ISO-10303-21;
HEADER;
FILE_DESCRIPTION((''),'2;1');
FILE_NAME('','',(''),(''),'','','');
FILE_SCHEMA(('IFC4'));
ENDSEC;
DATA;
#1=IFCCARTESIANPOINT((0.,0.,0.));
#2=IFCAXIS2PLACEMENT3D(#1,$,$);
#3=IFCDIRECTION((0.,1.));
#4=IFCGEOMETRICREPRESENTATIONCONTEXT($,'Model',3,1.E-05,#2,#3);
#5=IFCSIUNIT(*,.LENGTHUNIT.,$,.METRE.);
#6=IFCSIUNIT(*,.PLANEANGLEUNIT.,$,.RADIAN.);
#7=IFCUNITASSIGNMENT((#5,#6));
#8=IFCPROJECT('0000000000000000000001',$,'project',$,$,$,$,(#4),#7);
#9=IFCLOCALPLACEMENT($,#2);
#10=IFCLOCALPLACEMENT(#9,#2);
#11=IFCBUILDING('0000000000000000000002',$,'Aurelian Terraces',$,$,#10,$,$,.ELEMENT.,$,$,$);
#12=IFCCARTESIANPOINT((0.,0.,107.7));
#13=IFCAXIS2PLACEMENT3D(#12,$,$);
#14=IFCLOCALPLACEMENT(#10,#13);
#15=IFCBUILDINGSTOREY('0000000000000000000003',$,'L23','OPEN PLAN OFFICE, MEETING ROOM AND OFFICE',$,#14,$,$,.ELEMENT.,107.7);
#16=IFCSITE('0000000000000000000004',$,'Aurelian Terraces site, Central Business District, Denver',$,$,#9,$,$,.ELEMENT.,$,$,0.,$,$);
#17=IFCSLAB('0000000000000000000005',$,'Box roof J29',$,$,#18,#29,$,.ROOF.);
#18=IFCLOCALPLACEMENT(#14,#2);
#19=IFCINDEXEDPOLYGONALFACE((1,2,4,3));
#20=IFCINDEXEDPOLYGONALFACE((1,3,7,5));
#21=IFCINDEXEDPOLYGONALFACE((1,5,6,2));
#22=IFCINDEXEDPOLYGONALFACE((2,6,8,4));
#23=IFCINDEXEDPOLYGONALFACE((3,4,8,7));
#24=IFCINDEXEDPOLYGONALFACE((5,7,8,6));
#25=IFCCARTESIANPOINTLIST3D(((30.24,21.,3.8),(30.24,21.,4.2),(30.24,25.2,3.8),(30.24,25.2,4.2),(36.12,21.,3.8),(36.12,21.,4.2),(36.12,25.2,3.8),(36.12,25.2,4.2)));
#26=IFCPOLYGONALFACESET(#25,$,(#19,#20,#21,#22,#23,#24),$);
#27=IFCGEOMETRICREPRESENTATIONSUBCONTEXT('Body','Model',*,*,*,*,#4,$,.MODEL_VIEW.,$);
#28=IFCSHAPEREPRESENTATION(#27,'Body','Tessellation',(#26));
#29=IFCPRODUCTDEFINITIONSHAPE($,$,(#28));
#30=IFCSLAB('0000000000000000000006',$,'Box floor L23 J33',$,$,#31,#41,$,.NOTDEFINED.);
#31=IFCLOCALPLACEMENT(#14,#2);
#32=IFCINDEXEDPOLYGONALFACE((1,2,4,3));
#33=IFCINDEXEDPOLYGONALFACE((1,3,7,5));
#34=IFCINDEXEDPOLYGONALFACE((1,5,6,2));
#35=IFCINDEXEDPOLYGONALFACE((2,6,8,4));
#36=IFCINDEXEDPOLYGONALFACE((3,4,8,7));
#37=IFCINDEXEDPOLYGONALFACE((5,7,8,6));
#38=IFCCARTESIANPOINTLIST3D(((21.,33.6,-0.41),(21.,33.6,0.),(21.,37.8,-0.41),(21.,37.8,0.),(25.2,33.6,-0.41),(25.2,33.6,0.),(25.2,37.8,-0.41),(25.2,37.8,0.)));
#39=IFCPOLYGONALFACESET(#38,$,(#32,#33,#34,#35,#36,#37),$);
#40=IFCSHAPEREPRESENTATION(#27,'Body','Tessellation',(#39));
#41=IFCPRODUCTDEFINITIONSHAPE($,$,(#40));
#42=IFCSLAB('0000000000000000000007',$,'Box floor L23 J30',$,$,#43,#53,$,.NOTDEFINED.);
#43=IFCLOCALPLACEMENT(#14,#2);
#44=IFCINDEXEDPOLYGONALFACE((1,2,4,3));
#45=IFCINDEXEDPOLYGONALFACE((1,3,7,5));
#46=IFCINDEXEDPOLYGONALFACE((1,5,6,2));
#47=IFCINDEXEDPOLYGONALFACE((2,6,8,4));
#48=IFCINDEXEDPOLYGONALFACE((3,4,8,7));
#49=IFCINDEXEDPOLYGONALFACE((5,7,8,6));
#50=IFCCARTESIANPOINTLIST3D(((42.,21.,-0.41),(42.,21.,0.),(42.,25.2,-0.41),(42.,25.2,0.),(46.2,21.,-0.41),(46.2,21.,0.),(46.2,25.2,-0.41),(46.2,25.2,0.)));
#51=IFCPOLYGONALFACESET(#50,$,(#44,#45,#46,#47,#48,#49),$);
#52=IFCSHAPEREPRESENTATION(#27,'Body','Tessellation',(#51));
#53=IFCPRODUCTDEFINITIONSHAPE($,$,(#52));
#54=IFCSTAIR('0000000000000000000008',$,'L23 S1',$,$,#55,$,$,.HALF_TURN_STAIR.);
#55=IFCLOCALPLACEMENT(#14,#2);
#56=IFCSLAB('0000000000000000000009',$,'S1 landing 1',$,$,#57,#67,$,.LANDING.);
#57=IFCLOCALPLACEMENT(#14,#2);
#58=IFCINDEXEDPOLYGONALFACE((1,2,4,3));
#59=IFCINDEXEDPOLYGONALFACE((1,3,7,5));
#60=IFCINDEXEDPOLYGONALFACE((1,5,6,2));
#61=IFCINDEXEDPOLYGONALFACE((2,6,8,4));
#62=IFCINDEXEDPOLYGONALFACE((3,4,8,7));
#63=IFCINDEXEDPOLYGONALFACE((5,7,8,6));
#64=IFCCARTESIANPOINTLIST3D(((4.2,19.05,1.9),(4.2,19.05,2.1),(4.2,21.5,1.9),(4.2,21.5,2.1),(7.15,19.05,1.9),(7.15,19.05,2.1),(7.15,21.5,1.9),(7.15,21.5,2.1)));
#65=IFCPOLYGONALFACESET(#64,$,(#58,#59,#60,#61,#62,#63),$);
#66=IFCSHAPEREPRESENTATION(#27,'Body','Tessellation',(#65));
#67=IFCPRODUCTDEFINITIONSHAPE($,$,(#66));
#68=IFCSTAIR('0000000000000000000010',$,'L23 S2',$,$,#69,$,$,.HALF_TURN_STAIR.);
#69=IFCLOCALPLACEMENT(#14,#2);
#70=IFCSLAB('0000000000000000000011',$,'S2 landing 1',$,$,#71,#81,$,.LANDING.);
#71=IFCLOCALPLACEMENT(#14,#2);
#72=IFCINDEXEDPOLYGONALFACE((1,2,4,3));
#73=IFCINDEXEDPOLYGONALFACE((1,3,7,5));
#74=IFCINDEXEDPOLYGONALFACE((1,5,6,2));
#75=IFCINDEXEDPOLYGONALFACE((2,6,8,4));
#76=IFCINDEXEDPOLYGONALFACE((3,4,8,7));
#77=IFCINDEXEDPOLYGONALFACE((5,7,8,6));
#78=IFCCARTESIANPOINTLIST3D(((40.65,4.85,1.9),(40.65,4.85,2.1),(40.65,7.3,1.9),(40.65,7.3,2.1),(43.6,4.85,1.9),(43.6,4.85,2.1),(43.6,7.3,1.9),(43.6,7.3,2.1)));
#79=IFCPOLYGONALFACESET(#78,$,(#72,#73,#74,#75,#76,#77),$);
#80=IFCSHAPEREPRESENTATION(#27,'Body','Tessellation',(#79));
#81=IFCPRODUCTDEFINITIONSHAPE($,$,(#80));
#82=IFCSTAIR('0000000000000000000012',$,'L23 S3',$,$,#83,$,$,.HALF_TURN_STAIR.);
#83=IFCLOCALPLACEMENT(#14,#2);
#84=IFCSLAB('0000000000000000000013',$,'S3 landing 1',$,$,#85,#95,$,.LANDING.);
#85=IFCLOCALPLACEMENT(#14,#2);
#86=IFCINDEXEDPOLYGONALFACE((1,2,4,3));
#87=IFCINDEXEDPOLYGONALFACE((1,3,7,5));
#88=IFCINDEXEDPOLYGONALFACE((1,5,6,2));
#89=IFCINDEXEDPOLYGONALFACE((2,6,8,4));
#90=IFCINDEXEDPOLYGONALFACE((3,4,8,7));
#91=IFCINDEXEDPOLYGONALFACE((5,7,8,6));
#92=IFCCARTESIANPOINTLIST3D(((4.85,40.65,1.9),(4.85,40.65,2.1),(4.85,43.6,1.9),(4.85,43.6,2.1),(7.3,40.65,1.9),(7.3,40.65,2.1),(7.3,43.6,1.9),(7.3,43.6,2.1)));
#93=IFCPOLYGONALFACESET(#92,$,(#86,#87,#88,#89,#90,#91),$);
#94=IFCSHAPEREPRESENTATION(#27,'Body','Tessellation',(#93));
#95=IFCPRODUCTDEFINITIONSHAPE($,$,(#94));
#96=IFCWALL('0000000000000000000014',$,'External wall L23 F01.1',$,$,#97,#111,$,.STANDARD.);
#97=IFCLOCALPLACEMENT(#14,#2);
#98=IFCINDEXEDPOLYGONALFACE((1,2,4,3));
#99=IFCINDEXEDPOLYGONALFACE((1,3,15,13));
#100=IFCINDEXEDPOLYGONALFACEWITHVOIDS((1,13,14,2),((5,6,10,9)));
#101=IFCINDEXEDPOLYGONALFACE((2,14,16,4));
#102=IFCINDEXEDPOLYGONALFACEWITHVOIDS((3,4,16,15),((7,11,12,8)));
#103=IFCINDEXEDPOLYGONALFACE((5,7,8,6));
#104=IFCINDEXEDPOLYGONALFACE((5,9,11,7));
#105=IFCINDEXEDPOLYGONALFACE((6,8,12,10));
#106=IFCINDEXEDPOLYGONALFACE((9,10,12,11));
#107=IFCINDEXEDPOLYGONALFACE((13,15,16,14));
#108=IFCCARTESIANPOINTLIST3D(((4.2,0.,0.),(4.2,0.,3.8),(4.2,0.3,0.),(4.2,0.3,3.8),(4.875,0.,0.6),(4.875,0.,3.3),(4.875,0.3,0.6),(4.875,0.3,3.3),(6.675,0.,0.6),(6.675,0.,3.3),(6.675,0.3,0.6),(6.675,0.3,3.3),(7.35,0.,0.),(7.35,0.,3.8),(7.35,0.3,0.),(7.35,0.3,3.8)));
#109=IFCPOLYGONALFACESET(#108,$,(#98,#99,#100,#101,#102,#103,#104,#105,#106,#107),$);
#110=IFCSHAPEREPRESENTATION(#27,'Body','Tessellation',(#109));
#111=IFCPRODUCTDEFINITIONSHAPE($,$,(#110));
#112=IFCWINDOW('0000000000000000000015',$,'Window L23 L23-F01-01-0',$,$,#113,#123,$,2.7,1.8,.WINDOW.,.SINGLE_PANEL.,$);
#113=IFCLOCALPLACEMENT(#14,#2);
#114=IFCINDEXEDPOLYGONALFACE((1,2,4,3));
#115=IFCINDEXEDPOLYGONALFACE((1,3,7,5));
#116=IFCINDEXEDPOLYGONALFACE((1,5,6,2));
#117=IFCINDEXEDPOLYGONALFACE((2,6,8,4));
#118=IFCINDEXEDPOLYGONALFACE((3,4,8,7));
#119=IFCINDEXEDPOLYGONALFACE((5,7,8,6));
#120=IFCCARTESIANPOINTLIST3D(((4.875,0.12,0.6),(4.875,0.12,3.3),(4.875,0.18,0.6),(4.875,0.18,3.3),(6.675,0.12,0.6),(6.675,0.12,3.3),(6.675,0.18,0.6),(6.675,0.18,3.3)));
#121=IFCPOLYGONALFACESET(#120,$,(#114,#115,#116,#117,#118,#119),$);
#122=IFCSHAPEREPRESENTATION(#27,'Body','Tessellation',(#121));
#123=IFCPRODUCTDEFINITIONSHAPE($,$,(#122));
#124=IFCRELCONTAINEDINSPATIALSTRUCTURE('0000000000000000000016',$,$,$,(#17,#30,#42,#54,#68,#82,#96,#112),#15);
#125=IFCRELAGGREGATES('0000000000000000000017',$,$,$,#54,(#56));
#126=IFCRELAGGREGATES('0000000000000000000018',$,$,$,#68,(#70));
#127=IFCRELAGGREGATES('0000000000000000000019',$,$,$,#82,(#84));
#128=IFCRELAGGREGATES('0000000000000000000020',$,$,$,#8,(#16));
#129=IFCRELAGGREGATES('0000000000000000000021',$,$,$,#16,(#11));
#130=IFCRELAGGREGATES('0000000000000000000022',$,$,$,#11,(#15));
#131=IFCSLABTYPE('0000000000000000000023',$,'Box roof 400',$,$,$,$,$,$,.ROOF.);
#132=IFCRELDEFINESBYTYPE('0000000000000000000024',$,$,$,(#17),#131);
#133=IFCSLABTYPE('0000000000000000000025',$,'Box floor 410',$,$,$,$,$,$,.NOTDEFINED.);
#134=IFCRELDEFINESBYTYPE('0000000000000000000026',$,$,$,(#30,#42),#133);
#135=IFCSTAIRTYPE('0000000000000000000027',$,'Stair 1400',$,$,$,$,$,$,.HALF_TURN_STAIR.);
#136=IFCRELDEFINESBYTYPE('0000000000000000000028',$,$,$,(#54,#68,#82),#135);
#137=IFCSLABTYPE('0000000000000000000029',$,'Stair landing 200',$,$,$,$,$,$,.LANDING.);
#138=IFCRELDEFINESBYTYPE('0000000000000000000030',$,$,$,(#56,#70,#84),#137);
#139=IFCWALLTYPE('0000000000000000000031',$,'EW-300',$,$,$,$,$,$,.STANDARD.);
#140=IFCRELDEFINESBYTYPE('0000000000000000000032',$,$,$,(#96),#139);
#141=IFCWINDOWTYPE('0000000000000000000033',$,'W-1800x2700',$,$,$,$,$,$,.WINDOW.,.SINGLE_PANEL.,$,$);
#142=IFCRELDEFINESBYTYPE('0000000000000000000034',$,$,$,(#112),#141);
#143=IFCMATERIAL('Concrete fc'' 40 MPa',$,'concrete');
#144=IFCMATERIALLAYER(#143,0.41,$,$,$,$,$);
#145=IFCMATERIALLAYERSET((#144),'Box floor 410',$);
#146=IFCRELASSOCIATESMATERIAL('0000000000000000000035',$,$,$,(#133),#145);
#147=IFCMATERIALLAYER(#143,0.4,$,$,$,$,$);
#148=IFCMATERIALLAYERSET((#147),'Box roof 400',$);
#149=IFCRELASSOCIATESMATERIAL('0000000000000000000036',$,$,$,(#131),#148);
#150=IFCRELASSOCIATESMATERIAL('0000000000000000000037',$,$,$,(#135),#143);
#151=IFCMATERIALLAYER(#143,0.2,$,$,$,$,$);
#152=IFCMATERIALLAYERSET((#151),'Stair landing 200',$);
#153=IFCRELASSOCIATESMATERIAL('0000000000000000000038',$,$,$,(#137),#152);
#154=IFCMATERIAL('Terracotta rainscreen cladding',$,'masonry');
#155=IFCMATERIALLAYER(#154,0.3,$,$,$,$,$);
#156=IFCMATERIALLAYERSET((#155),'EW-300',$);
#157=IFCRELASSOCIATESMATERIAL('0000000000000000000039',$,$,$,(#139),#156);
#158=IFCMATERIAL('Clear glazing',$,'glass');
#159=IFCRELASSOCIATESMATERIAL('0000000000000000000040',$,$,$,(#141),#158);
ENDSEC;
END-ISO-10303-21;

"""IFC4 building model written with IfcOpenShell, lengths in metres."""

from ifc_helpers import new_model, si_unit, direction, frame, frame_2d, origin, place, context, subcontext, project, spatial, polyline, rectangle, outline, extrude, source, transform, mapped, material, layer, layer_set, type_object, element, fill, aggregate, save


model = new_model("IFC4")

# Units and contexts
model_context = context("Model", 3, precision=1e-05, world=origin(), true_north=direction((0.0, 1.0)))
body_context = subcontext(model_context, "Body", "Model", "MODEL_VIEW")
ifc_project = project(units=[si_unit("LENGTHUNIT", "METRE"), si_unit("PLANEANGLEUNIT", "RADIAN")], contexts=[model_context])

# Site, building, storey
site_placement = place(None, origin())
site = spatial("IfcSite", under=ifc_project, at=site_placement, Name="Aurelian Terraces site, Central Business District, Denver", CompositionType="ELEMENT", RefElevation=0.0)
building_placement = place(site_placement, origin())
building = spatial("IfcBuilding", under=site, at=building_placement, Name="Aurelian Terraces", CompositionType="ELEMENT")
storey_placement = place(building_placement, frame((0.0, 0.0, 107.7)))
storey = spatial("IfcBuildingStorey", under=building, at=storey_placement, Name="L23", Description="OPEN PLAN OFFICE, MEETING ROOM AND OFFICE", CompositionType="ELEMENT", Elevation=107.7)

# Slabs
ifc_material_1 = material(Name="Concrete fc' 40 MPa", Category="concrete")
ifc_layer_1 = layer(ifc_material_1, 0.41)
ifc_layer_set_1 = layer_set([ifc_layer_1], Name="Box floor 410")
slab_type_1 = type_object("IfcSlabType", Name="Box floor 410", PredefinedType="NOTDEFINED", material=ifc_layer_set_1)
ifc_layer_2 = layer(ifc_material_1, 0.4)
ifc_layer_set_2 = layer_set([ifc_layer_2], Name="Box roof 400")
slab_type_2 = type_object("IfcSlabType", Name="Box roof 400", PredefinedType="ROOF", material=ifc_layer_set_2)
shared_shape_1 = source(origin(), body_context, "Body", "SweptSolid", [
    extrude(outline(polyline([(36.12, 25.2), (30.24, 25.2), (30.24, 21.0), (36.12, 21.0), (36.12, 25.2)])), origin(), (0.0, 0.0, 1.0), 0.4),
])
slab_1_placement = place(storey_placement, frame((0.0, 0.0, 3.8)))
element("IfcSlab", 1, at=slab_1_placement, inside=storey, type_object=slab_type_2, Name="Box roof J29", PredefinedType="ROOF", context=body_context, shape_type="MappedRepresentation", body=[
    mapped(shared_shape_1, transform((0.0, 0.0, 0.0), scale=1.0)),
])
shared_shape_2 = source(origin(), body_context, "Body", "SweptSolid", [
    extrude(outline(polyline([(25.2, 33.6), (25.2, 37.8), (21.0, 37.8), (21.0, 33.6), (25.2, 33.6)])), origin(), (0.0, 0.0, 1.0), 0.41),
])
slab_2_placement = place(storey_placement, frame((0.0, 0.0, -0.41)))
element("IfcSlab", 2, at=slab_2_placement, inside=storey, type_object=slab_type_1, Name="Box floor L23 J33", PredefinedType="NOTDEFINED", context=body_context, shape_type="MappedRepresentation", body=[
    mapped(shared_shape_2, transform((0.0, 0.0, 0.0), scale=1.0)),
])
shared_shape_3 = source(origin(), body_context, "Body", "SweptSolid", [
    extrude(outline(polyline([(46.2, 25.2), (42.0, 25.2), (42.0, 21.0), (46.2, 21.0), (46.2, 25.2)])), origin(), (0.0, 0.0, 1.0), 0.41),
])
slab_3_placement = place(storey_placement, frame((0.0, 0.0, -0.41)))
element("IfcSlab", 3, at=slab_3_placement, inside=storey, type_object=slab_type_1, Name="Box floor L23 J30", PredefinedType="NOTDEFINED", context=body_context, shape_type="MappedRepresentation", body=[
    mapped(shared_shape_3, transform((0.0, 0.0, 0.0), scale=1.0)),
])

# Stairs, slabs
stair_type = type_object("IfcStairType", Name="Stair 1400", PredefinedType="HALF_TURN_STAIR", material=ifc_material_1)
stair_1_placement = place(storey_placement, origin())
stair_1 = element("IfcStair", 4, at=stair_1_placement, inside=storey, type_object=stair_type, Name="L23 S1", PredefinedType="HALF_TURN_STAIR")
ifc_layer_3 = layer(ifc_material_1, 0.2)
ifc_layer_set_3 = layer_set([ifc_layer_3], Name="Stair landing 200")
slab_type_3 = type_object("IfcSlabType", Name="Stair landing 200", PredefinedType="LANDING", material=ifc_layer_set_3)
shared_shape_4 = source(origin(), body_context, "Body", "SweptSolid", [
    extrude(outline(polyline([(7.15, 19.05), (7.15, 21.5), (4.2, 21.5), (4.2, 19.05), (7.15, 19.05)])), origin(), (0.0, 0.0, 1.0), 0.2),
])
slab_4_placement = place(storey_placement, frame((0.0, 0.0, 1.9)))
slab_4 = element("IfcSlab", 5, at=slab_4_placement, type_object=slab_type_3, Name="S1 landing 1", PredefinedType="LANDING", context=body_context, shape_type="MappedRepresentation", body=[
    mapped(shared_shape_4, transform((0.0, 0.0, 0.0), scale=1.0)),
])
aggregate(stair_1, [slab_4])
stair_2_placement = place(storey_placement, origin())
stair_2 = element("IfcStair", 6, at=stair_2_placement, inside=storey, type_object=stair_type, Name="L23 S2", PredefinedType="HALF_TURN_STAIR")
shared_shape_5 = source(origin(), body_context, "Body", "SweptSolid", [
    extrude(outline(polyline([(43.6, 4.85), (43.6, 7.3), (40.65, 7.3), (40.65, 4.85), (43.6, 4.85)])), origin(), (0.0, 0.0, 1.0), 0.2),
])
slab_5_placement = place(storey_placement, frame((0.0, 0.0, 1.9)))
slab_5 = element("IfcSlab", 7, at=slab_5_placement, type_object=slab_type_3, Name="S2 landing 1", PredefinedType="LANDING", context=body_context, shape_type="MappedRepresentation", body=[
    mapped(shared_shape_5, transform((0.0, 0.0, 0.0), scale=1.0)),
])
aggregate(stair_2, [slab_5])
stair_3_placement = place(storey_placement, origin())
stair_3 = element("IfcStair", 8, at=stair_3_placement, inside=storey, type_object=stair_type, Name="L23 S3", PredefinedType="HALF_TURN_STAIR")
shared_shape_6 = source(origin(), body_context, "Body", "SweptSolid", [
    extrude(outline(polyline([(4.85, 40.65), (7.3, 40.65), (7.3, 43.6), (4.85, 43.6), (4.85, 40.65)])), origin(), (0.0, 0.0, 1.0), 0.2),
])
slab_6_placement = place(storey_placement, frame((0.0, 0.0, 1.9)))
slab_6 = element("IfcSlab", 9, at=slab_6_placement, type_object=slab_type_3, Name="S3 landing 1", PredefinedType="LANDING", context=body_context, shape_type="MappedRepresentation", body=[
    mapped(shared_shape_6, transform((0.0, 0.0, 0.0), scale=1.0)),
])
aggregate(stair_3, [slab_6])

# Wall, opening, window
ifc_material_2 = material(Name="Terracotta rainscreen cladding", Category="masonry")
ifc_layer_4 = layer(ifc_material_2, 0.3)
ifc_layer_set_4 = layer_set([ifc_layer_4], Name="EW-300")
wall_type = type_object("IfcWallType", Name="EW-300", PredefinedType="STANDARD", material=ifc_layer_set_4)
shared_shape_7 = source(origin(), body_context, "Body", "SweptSolid", [
    extrude(rectangle(XDim=3.15, YDim=0.3, at=frame_2d((1.575, 0.0))), origin(), (0.0, 0.0, 1.0), 3.8),
])
wall_placement = place(storey_placement, frame((4.2, 0.15, 0.0), z_axis=(0.0, 0.0, 1.0), x_axis=(1.0, 0.0, 0.0)))
wall = element("IfcWall", 10, at=wall_placement, inside=storey, type_object=wall_type, Name="External wall L23 F01.1", PredefinedType="STANDARD", context=body_context, shape_type="MappedRepresentation", body=[
    mapped(shared_shape_7, transform((0.0, 0.0, 0.0), scale=1.0)),
])
shared_shape_8 = source(origin(), body_context, "Body", "SweptSolid", [
    extrude(rectangle(XDim=1.8, YDim=2.7, at=frame_2d((0.9, 1.35))), frame((0.0, 0.16, 0.0), z_axis=(0.0, -1.0, 0.0), x_axis=(1.0, 0.0, 0.0)), (0.0, 0.0, 1.0), 0.32),
])
opening_placement = place(wall_placement, frame((0.675, 0.0, 0.6)))
opening = element("IfcOpeningElement", 11, at=opening_placement, cuts=wall, PredefinedType="OPENING", context=body_context, shape_type="MappedRepresentation", body=[
    mapped(shared_shape_8, transform((0.0, 0.0, 0.0), scale=1.0)),
])
ifc_material_3 = material(Name="Clear glazing", Category="glass")
window_type = type_object("IfcWindowType", Name="W-1800x2700", PartitioningType="SINGLE_PANEL", PredefinedType="WINDOW", material=ifc_material_3)
shared_shape_9 = source(origin(), body_context, "Body", "SweptSolid", [
    extrude(rectangle(XDim=1.8, YDim=2.7, at=frame_2d((0.9, 1.35))), frame((0.0, 0.03, 0.0), z_axis=(0.0, -1.0, 0.0), x_axis=(1.0, 0.0, 0.0)), (0.0, 0.0, 1.0), 0.06),
])
window_placement = place(opening_placement, origin())
window = element("IfcWindow", 12, at=window_placement, inside=storey, type_object=window_type, Name="Window L23 L23-F01-01-0", OverallHeight=2.7, OverallWidth=1.8, PartitioningType="SINGLE_PANEL", PredefinedType="WINDOW", context=body_context, shape_type="MappedRepresentation", body=[
    mapped(shared_shape_9, transform((0.0, 0.0, 0.0), scale=1.0)),
])
fill(opening, window)

save(model, "model.ifc")
